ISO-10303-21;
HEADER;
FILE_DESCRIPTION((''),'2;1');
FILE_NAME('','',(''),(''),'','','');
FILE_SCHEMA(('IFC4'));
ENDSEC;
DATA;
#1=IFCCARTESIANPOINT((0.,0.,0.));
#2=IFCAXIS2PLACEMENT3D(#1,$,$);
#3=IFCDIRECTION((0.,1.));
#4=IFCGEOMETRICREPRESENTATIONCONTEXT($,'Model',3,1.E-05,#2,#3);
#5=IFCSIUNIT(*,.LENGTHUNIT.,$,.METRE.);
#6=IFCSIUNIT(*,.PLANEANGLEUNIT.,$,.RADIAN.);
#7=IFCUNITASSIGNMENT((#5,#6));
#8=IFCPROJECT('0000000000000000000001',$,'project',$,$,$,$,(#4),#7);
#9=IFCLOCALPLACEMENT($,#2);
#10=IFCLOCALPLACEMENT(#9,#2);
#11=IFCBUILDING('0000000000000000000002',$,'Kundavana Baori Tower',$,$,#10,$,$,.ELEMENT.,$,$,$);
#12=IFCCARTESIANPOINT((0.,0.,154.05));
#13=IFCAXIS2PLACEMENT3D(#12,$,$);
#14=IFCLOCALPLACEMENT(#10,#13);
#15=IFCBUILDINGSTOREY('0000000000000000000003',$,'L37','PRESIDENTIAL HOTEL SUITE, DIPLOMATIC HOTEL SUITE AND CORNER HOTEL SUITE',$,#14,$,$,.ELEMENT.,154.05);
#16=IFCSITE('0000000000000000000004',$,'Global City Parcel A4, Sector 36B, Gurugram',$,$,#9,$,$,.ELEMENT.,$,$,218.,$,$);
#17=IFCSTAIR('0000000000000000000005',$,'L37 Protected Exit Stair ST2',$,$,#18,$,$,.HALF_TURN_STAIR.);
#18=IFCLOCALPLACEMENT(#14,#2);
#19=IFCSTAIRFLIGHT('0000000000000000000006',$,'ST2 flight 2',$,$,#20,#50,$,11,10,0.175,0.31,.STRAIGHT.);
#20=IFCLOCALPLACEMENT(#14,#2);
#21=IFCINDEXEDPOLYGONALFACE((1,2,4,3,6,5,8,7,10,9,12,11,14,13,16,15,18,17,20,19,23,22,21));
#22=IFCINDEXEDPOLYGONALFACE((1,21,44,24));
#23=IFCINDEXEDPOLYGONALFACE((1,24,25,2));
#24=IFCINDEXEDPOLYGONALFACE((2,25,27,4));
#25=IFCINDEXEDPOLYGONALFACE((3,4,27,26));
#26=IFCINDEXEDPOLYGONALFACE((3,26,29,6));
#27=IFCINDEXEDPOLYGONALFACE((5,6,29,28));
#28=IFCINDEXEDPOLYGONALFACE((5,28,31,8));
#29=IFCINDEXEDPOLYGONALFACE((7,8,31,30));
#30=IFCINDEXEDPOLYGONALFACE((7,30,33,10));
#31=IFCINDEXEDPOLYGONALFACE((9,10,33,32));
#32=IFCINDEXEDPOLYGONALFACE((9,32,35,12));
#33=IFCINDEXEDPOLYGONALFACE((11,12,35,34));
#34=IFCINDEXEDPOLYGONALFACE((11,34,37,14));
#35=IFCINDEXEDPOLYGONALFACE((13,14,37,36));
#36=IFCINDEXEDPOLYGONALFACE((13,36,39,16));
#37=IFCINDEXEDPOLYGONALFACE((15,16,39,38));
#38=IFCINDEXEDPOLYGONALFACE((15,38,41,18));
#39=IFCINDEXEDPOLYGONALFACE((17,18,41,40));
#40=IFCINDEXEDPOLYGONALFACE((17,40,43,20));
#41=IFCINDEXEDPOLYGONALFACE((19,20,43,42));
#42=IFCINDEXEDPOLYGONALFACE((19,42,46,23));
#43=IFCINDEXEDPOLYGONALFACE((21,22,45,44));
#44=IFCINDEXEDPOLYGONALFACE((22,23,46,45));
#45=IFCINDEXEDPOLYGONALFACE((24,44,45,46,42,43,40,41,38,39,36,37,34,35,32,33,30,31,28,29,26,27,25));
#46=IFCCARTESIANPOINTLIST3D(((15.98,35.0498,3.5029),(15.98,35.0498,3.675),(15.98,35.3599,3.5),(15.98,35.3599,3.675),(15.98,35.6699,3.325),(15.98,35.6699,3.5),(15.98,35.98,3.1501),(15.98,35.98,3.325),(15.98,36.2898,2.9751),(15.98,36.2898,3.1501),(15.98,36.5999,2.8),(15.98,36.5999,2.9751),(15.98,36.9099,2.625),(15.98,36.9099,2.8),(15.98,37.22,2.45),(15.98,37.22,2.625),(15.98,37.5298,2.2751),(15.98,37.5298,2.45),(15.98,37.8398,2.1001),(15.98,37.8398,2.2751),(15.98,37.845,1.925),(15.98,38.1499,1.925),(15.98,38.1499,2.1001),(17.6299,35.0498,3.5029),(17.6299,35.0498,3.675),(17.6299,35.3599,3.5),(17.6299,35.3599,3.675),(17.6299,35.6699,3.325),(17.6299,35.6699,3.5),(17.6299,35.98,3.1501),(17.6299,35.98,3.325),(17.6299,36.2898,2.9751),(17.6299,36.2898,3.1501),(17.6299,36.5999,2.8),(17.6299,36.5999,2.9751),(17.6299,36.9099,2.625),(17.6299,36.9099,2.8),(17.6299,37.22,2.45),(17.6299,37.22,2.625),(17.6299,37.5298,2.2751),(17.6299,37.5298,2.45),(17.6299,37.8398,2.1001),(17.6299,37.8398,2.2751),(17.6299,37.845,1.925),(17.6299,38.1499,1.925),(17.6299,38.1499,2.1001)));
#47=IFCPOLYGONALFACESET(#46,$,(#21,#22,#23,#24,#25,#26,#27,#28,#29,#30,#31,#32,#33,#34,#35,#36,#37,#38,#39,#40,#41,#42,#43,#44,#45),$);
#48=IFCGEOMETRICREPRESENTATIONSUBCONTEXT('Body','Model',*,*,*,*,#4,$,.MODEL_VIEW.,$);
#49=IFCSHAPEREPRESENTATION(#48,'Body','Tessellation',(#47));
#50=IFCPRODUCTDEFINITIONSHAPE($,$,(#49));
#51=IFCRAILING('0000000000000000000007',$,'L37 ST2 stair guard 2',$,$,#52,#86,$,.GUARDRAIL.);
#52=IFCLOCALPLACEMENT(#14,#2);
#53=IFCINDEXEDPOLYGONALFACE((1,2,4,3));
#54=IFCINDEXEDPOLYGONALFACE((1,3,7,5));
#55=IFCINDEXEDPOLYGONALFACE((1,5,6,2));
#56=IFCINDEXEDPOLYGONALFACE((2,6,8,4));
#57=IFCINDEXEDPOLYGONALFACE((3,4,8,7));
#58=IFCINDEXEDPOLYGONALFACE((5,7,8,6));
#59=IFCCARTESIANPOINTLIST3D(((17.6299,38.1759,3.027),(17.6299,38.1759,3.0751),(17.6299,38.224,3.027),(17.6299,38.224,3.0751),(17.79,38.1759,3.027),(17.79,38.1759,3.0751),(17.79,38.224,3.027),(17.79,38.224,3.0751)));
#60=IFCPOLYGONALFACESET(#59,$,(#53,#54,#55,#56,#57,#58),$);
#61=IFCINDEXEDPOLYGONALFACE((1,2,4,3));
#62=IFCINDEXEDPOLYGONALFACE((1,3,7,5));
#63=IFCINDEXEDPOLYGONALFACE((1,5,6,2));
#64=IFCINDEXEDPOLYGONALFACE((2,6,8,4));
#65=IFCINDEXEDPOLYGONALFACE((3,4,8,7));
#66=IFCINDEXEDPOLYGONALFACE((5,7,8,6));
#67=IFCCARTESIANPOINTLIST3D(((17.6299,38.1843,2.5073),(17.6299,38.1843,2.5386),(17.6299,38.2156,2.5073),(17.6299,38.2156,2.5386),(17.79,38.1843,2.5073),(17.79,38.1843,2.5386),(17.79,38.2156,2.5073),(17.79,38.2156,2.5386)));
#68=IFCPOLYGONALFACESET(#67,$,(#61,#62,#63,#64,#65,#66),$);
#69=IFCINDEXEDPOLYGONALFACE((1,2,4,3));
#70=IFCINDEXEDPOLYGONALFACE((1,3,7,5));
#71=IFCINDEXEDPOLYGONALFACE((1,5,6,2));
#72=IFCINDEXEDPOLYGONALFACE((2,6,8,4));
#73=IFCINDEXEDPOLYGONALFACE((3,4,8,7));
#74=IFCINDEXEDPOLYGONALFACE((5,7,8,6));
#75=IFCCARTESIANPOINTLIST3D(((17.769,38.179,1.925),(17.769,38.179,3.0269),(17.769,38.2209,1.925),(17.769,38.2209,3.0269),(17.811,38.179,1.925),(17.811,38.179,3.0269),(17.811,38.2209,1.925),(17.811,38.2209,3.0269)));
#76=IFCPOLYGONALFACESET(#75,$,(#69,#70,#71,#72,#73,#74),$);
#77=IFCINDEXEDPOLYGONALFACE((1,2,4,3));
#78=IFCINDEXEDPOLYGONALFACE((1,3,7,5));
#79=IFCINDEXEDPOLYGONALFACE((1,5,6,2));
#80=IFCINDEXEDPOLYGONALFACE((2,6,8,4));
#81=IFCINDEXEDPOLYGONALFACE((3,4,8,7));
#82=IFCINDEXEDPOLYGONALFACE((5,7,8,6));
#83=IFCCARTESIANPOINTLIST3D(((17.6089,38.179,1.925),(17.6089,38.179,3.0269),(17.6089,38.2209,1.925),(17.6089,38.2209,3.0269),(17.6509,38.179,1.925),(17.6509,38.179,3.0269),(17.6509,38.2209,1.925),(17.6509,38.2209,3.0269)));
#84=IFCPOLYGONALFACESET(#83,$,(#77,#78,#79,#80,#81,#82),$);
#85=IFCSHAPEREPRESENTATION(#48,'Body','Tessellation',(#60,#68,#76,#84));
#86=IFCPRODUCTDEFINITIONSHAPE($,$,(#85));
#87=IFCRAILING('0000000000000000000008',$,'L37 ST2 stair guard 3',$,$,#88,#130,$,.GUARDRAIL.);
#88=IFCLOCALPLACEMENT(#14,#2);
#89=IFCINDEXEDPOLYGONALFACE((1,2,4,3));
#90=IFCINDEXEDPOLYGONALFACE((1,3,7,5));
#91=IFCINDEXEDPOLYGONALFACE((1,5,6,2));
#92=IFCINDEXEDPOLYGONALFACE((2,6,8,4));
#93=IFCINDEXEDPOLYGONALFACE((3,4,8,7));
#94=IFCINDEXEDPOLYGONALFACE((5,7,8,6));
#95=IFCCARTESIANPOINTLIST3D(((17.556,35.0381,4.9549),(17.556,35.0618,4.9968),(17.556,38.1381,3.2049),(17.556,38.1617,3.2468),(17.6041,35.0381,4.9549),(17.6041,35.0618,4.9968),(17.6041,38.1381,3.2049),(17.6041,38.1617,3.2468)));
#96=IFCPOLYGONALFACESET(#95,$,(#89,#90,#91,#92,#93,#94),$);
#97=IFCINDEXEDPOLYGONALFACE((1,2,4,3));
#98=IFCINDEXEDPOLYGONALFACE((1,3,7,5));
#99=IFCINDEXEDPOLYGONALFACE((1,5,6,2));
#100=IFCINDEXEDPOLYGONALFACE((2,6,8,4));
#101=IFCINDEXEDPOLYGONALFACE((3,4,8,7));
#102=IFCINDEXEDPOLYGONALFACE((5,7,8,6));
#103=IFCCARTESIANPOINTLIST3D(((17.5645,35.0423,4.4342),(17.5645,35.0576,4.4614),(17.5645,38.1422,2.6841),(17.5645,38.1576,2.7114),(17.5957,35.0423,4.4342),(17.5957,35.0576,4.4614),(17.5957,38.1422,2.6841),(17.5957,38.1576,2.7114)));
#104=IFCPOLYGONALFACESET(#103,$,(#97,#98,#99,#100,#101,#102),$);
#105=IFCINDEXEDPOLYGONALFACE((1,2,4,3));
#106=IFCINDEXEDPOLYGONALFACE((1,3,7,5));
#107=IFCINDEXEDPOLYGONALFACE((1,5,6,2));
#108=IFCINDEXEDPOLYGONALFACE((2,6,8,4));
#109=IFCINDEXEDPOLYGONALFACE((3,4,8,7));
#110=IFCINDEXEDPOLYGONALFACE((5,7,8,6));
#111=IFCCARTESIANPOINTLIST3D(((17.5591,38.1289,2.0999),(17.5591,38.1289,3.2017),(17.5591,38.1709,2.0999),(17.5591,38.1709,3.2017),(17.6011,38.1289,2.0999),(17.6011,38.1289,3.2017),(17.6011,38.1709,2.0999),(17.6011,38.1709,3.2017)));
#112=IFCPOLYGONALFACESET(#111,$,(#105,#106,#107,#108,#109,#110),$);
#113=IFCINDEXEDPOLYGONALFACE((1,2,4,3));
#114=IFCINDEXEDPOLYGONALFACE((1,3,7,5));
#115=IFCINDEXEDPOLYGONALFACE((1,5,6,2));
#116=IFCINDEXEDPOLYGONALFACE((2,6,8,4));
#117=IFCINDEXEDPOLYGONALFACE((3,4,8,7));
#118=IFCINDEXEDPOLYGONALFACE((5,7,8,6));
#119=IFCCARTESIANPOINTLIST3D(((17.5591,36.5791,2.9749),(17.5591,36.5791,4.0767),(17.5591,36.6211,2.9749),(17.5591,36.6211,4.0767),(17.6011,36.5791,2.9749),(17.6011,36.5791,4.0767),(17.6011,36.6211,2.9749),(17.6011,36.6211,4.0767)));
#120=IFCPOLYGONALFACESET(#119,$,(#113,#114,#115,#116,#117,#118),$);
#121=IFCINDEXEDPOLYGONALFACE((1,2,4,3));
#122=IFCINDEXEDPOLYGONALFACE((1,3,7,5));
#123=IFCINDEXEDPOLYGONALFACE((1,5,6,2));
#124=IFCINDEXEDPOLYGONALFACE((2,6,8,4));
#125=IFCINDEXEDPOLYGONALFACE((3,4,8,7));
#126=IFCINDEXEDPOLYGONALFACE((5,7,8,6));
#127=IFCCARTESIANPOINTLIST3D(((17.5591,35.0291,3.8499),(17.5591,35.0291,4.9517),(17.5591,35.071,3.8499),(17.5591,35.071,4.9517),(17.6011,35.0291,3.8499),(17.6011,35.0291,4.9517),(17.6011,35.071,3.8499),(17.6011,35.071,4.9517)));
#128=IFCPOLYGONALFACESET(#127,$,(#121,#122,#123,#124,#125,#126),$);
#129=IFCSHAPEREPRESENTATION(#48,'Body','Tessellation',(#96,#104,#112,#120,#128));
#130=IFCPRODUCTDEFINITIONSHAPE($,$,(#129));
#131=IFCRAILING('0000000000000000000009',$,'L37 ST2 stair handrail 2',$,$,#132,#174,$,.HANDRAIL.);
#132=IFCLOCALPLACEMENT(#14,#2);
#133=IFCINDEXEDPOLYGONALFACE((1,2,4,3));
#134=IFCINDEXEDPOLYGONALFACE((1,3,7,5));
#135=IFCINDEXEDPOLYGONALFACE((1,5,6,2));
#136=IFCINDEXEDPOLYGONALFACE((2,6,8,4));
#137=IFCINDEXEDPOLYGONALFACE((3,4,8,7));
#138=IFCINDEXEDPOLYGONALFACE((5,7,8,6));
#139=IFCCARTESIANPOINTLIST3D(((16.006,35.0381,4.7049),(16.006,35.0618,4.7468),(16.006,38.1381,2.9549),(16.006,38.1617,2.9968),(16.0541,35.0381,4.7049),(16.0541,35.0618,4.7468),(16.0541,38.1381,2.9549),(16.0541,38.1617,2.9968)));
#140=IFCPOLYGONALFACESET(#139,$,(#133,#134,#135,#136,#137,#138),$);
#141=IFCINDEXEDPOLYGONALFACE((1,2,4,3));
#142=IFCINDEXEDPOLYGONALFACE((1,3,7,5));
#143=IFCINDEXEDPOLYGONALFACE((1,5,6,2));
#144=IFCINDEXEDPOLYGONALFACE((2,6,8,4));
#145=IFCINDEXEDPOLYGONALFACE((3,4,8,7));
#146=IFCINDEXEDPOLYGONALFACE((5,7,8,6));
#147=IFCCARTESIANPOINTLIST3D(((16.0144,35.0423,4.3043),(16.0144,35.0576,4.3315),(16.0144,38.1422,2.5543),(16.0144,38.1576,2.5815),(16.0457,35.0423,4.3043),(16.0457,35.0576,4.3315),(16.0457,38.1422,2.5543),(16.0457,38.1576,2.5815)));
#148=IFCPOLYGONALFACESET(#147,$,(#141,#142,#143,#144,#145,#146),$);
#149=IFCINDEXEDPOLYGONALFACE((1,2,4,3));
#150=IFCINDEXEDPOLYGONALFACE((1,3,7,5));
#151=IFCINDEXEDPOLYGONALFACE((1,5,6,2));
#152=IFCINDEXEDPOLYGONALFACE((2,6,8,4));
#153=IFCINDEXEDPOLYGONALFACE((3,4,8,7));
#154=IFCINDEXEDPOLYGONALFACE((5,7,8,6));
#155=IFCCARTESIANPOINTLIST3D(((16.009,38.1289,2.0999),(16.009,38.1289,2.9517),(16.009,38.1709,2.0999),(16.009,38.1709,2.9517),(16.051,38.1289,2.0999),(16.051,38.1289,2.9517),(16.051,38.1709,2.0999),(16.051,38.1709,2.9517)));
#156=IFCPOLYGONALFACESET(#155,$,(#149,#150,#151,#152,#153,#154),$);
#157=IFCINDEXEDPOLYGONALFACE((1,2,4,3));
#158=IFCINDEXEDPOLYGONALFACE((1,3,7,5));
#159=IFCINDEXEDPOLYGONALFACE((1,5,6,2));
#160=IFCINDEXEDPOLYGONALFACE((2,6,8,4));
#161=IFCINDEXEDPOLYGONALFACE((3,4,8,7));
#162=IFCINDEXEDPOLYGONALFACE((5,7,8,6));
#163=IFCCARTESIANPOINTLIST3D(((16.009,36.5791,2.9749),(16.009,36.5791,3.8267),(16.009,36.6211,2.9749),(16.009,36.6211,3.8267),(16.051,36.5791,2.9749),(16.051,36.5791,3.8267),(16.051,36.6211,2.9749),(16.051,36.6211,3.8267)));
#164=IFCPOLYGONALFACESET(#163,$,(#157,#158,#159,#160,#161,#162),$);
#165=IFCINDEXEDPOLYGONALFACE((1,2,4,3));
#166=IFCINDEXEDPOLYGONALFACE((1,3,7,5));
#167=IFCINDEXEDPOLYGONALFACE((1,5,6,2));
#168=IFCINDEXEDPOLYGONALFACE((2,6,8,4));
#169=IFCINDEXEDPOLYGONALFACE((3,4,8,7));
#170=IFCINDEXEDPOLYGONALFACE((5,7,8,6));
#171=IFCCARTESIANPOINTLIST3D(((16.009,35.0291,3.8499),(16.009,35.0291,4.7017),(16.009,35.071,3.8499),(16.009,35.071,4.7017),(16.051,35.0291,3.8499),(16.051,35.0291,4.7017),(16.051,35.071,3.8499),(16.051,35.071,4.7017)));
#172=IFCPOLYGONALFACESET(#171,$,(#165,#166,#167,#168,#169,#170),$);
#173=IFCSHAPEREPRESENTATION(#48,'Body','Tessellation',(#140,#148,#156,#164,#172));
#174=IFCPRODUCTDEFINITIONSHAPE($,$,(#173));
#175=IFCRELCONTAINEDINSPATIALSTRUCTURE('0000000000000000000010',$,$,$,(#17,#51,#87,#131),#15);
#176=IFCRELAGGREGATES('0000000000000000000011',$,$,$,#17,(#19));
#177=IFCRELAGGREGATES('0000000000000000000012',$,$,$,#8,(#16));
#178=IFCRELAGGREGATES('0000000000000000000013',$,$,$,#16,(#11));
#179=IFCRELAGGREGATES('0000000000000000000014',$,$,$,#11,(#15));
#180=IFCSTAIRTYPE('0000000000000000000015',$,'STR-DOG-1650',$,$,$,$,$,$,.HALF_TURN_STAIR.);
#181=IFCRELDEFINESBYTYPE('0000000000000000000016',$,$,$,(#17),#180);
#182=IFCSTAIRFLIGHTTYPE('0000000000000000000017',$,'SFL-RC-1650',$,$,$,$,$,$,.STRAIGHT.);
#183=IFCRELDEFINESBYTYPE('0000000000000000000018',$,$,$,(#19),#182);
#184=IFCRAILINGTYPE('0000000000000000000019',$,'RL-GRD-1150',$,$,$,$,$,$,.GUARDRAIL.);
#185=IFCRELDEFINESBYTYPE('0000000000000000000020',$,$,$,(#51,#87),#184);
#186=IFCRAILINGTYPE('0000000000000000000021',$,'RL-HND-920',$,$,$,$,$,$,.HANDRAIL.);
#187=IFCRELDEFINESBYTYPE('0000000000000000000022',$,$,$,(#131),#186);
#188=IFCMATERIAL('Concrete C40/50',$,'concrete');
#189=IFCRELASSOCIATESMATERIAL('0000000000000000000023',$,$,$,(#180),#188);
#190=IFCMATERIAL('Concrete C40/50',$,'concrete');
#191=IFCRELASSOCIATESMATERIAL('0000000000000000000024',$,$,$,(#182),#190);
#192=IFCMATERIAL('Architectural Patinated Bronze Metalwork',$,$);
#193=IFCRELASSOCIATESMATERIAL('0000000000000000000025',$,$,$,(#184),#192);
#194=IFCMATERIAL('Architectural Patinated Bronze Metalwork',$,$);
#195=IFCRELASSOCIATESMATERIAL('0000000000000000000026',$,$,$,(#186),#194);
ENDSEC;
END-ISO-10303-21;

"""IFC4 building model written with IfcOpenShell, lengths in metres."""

from ifc_helpers import new_model, si_unit, direction, frame, origin, origin_2d, place, context, subcontext, project, spatial, polyline, rectangle, outline, extrude, material, type_object, element, aggregate, save


model = new_model("IFC4")

# Units and contexts
model_context = context("Model", 3, precision=1e-05, world=origin(), true_north=direction((0.0, 1.0)))
body_context = subcontext(model_context, "Body", "Model", "MODEL_VIEW")
ifc_project = project(units=[si_unit("LENGTHUNIT", "METRE"), si_unit("PLANEANGLEUNIT", "RADIAN")], contexts=[model_context])

# Site, building, storey
site_placement = place(None, origin())
site = spatial("IfcSite", under=ifc_project, at=site_placement, Name="Global City Parcel A4, Sector 36B, Gurugram", CompositionType="ELEMENT", RefElevation=218.0)
building_placement = place(site_placement, origin())
building = spatial("IfcBuilding", under=site, at=building_placement, Name="Kundavana Baori Tower", CompositionType="ELEMENT")
storey_placement = place(building_placement, frame((0.0, 0.0, 154.05)))
storey = spatial("IfcBuildingStorey", under=building, at=storey_placement, Name="L37", Description="PRESIDENTIAL HOTEL SUITE, DIPLOMATIC HOTEL SUITE AND CORNER HOTEL SUITE", CompositionType="ELEMENT", Elevation=154.05)

# Stair, stair flight
ifc_material_1 = material(Name="Concrete C40/50", Category="concrete")
stair_type = type_object("IfcStairType", Name="STR-DOG-1650", PredefinedType="HALF_TURN_STAIR", material=ifc_material_1)
stair_placement = place(storey_placement, origin())
stair = element("IfcStair", 1, at=stair_placement, inside=storey, type_object=stair_type, Name="L37 Protected Exit Stair ST2", PredefinedType="HALF_TURN_STAIR")
ifc_material_2 = material(Name="Concrete C40/50", Category="concrete")
stair_flight_type = type_object("IfcStairFlightType", Name="SFL-RC-1650", PredefinedType="STRAIGHT", material=ifc_material_2)
stair_flight_placement = place(storey_placement, frame((16.8049, 38.1499, 1.925), z_axis=(0.0, 0.0, 1.0), x_axis=(0.0, -1.0, 0.0)))
stair_flight = element("IfcStairFlight", 2, at=stair_flight_placement, type_object=stair_flight_type, Name="ST2 flight 2", NumberOfRisers=11, NumberOfTreads=10, PredefinedType="STRAIGHT", RiserHeight=0.175, TreadLength=0.31, context=body_context, shape_type="SweptSolid", body=[
    extrude(outline(polyline([(0.0, 0.0), (0.0, 0.175), (0.3101, 0.175), (0.3101, 0.3501), (0.6201, 0.3501), (0.6201, 0.5249), (0.9299, 0.5249), (0.9299, 0.7), (1.24, 0.7), (1.24, 0.875), (1.55, 0.875), (1.55, 1.05), (1.8601, 1.05), (1.8601, 1.2251), (2.1699, 1.2251), (2.1699, 1.3999), (2.48, 1.3999), (2.48, 1.575), (2.79, 1.575), (2.79, 1.75), (3.1001, 1.75), (3.1001, 1.925), (3.1001, 1.5779), (0.3049, 0.0), (0.0, 0.0)])), frame((0.0, 0.825, 0.0), z_axis=(0.0, -1.0, 0.0), x_axis=(1.0, 0.0, 0.0)), (0.0, 0.0, 1.0), 1.6499),
])
aggregate(stair, [stair_flight])

# Railings
ifc_material_3 = material(Name="Architectural Patinated Bronze Metalwork")
railing_type_1 = type_object("IfcRailingType", Name="RL-GRD-1150", PredefinedType="GUARDRAIL", material=ifc_material_3)
railing_1_placement = place(storey_placement, frame((17.79, 38.2, 1.925)))
element("IfcRailing", 3, at=railing_1_placement, inside=storey, type_object=railing_type_1, Name="L37 ST2 stair guard 2", PredefinedType="GUARDRAIL", context=body_context, shape_type="SweptSolid", body=[
    extrude(rectangle(XDim=0.0481, YDim=0.0481, at=origin_2d()), frame((0.0, 0.0, 1.126), z_axis=(-1.0, 0.0, 0.0), x_axis=(0.0, -1.0, 0.0)), (0.0, 0.0, 1.0), 0.1602),
    extrude(rectangle(XDim=0.0312, YDim=0.0312, at=origin_2d()), frame((0.0, 0.0, 0.5979), z_axis=(-1.0, 0.0, 0.0), x_axis=(0.0, -1.0, 0.0)), (0.0, 0.0, 1.0), 0.1602),
    extrude(rectangle(XDim=0.042, YDim=0.042, at=origin_2d()), origin(), (0.0, 0.0, 1.0), 1.1018),
    extrude(rectangle(XDim=0.042, YDim=0.042, at=origin_2d()), frame((-0.1602, 0.0, 0.0)), (0.0, 0.0, 1.0), 1.1018),
])
railing_2_placement = place(storey_placement, frame((17.5801, 38.1499, 2.0999)))
element("IfcRailing", 4, at=railing_2_placement, inside=storey, type_object=railing_type_1, Name="L37 ST2 stair guard 3", PredefinedType="GUARDRAIL", context=body_context, shape_type="SweptSolid", body=[
    extrude(rectangle(XDim=0.0481, YDim=0.0481, at=origin_2d()), frame((0.0, 0.0, 1.126), z_axis=(0.0, -0.870814, 0.491612), x_axis=(1.0, 0.0, 0.0)), (0.0, 0.0, 1.0), 3.5598),
    extrude(rectangle(XDim=0.0312, YDim=0.0312, at=origin_2d()), frame((0.0, 0.0, 0.5979), z_axis=(0.0, -0.870814, 0.491612), x_axis=(1.0, 0.0, 0.0)), (0.0, 0.0, 1.0), 3.5598),
    extrude(rectangle(XDim=0.042, YDim=0.042, at=origin_2d()), origin(), (0.0, 0.0, 1.0), 1.1018),
    extrude(rectangle(XDim=0.042, YDim=0.042, at=origin_2d()), frame((0.0, -1.5498, 0.875)), (0.0, 0.0, 1.0), 1.1018),
    extrude(rectangle(XDim=0.042, YDim=0.042, at=origin_2d()), frame((0.0, -3.0999, 1.75)), (0.0, 0.0, 1.0), 1.1018),
])
ifc_material_4 = material(Name="Architectural Patinated Bronze Metalwork")
railing_type_2 = type_object("IfcRailingType", Name="RL-HND-920", PredefinedType="HANDRAIL", material=ifc_material_4)
railing_3_placement = place(storey_placement, frame((16.03, 38.1499, 2.0999)))
element("IfcRailing", 5, at=railing_3_placement, inside=storey, type_object=railing_type_2, Name="L37 ST2 stair handrail 2", PredefinedType="HANDRAIL", context=body_context, shape_type="SweptSolid", body=[
    extrude(rectangle(XDim=0.0481, YDim=0.0481, at=origin_2d()), frame((0.0, 0.0, 0.876), z_axis=(0.0, -0.870814, 0.491612), x_axis=(1.0, 0.0, 0.0)), (0.0, 0.0, 1.0), 3.5598),
    extrude(rectangle(XDim=0.0312, YDim=0.0312, at=origin_2d()), frame((0.0, 0.0, 0.468), z_axis=(0.0, -0.870814, 0.491612), x_axis=(1.0, 0.0, 0.0)), (0.0, 0.0, 1.0), 3.5598),
    extrude(rectangle(XDim=0.042, YDim=0.042, at=origin_2d()), origin(), (0.0, 0.0, 1.0), 0.8518),
    extrude(rectangle(XDim=0.042, YDim=0.042, at=origin_2d()), frame((0.0, -1.5498, 0.875)), (0.0, 0.0, 1.0), 0.8518),
    extrude(rectangle(XDim=0.042, YDim=0.042, at=origin_2d()), frame((0.0, -3.0999, 1.75)), (0.0, 0.0, 1.0), 0.8518),
])

save(model, "model.ifc")
